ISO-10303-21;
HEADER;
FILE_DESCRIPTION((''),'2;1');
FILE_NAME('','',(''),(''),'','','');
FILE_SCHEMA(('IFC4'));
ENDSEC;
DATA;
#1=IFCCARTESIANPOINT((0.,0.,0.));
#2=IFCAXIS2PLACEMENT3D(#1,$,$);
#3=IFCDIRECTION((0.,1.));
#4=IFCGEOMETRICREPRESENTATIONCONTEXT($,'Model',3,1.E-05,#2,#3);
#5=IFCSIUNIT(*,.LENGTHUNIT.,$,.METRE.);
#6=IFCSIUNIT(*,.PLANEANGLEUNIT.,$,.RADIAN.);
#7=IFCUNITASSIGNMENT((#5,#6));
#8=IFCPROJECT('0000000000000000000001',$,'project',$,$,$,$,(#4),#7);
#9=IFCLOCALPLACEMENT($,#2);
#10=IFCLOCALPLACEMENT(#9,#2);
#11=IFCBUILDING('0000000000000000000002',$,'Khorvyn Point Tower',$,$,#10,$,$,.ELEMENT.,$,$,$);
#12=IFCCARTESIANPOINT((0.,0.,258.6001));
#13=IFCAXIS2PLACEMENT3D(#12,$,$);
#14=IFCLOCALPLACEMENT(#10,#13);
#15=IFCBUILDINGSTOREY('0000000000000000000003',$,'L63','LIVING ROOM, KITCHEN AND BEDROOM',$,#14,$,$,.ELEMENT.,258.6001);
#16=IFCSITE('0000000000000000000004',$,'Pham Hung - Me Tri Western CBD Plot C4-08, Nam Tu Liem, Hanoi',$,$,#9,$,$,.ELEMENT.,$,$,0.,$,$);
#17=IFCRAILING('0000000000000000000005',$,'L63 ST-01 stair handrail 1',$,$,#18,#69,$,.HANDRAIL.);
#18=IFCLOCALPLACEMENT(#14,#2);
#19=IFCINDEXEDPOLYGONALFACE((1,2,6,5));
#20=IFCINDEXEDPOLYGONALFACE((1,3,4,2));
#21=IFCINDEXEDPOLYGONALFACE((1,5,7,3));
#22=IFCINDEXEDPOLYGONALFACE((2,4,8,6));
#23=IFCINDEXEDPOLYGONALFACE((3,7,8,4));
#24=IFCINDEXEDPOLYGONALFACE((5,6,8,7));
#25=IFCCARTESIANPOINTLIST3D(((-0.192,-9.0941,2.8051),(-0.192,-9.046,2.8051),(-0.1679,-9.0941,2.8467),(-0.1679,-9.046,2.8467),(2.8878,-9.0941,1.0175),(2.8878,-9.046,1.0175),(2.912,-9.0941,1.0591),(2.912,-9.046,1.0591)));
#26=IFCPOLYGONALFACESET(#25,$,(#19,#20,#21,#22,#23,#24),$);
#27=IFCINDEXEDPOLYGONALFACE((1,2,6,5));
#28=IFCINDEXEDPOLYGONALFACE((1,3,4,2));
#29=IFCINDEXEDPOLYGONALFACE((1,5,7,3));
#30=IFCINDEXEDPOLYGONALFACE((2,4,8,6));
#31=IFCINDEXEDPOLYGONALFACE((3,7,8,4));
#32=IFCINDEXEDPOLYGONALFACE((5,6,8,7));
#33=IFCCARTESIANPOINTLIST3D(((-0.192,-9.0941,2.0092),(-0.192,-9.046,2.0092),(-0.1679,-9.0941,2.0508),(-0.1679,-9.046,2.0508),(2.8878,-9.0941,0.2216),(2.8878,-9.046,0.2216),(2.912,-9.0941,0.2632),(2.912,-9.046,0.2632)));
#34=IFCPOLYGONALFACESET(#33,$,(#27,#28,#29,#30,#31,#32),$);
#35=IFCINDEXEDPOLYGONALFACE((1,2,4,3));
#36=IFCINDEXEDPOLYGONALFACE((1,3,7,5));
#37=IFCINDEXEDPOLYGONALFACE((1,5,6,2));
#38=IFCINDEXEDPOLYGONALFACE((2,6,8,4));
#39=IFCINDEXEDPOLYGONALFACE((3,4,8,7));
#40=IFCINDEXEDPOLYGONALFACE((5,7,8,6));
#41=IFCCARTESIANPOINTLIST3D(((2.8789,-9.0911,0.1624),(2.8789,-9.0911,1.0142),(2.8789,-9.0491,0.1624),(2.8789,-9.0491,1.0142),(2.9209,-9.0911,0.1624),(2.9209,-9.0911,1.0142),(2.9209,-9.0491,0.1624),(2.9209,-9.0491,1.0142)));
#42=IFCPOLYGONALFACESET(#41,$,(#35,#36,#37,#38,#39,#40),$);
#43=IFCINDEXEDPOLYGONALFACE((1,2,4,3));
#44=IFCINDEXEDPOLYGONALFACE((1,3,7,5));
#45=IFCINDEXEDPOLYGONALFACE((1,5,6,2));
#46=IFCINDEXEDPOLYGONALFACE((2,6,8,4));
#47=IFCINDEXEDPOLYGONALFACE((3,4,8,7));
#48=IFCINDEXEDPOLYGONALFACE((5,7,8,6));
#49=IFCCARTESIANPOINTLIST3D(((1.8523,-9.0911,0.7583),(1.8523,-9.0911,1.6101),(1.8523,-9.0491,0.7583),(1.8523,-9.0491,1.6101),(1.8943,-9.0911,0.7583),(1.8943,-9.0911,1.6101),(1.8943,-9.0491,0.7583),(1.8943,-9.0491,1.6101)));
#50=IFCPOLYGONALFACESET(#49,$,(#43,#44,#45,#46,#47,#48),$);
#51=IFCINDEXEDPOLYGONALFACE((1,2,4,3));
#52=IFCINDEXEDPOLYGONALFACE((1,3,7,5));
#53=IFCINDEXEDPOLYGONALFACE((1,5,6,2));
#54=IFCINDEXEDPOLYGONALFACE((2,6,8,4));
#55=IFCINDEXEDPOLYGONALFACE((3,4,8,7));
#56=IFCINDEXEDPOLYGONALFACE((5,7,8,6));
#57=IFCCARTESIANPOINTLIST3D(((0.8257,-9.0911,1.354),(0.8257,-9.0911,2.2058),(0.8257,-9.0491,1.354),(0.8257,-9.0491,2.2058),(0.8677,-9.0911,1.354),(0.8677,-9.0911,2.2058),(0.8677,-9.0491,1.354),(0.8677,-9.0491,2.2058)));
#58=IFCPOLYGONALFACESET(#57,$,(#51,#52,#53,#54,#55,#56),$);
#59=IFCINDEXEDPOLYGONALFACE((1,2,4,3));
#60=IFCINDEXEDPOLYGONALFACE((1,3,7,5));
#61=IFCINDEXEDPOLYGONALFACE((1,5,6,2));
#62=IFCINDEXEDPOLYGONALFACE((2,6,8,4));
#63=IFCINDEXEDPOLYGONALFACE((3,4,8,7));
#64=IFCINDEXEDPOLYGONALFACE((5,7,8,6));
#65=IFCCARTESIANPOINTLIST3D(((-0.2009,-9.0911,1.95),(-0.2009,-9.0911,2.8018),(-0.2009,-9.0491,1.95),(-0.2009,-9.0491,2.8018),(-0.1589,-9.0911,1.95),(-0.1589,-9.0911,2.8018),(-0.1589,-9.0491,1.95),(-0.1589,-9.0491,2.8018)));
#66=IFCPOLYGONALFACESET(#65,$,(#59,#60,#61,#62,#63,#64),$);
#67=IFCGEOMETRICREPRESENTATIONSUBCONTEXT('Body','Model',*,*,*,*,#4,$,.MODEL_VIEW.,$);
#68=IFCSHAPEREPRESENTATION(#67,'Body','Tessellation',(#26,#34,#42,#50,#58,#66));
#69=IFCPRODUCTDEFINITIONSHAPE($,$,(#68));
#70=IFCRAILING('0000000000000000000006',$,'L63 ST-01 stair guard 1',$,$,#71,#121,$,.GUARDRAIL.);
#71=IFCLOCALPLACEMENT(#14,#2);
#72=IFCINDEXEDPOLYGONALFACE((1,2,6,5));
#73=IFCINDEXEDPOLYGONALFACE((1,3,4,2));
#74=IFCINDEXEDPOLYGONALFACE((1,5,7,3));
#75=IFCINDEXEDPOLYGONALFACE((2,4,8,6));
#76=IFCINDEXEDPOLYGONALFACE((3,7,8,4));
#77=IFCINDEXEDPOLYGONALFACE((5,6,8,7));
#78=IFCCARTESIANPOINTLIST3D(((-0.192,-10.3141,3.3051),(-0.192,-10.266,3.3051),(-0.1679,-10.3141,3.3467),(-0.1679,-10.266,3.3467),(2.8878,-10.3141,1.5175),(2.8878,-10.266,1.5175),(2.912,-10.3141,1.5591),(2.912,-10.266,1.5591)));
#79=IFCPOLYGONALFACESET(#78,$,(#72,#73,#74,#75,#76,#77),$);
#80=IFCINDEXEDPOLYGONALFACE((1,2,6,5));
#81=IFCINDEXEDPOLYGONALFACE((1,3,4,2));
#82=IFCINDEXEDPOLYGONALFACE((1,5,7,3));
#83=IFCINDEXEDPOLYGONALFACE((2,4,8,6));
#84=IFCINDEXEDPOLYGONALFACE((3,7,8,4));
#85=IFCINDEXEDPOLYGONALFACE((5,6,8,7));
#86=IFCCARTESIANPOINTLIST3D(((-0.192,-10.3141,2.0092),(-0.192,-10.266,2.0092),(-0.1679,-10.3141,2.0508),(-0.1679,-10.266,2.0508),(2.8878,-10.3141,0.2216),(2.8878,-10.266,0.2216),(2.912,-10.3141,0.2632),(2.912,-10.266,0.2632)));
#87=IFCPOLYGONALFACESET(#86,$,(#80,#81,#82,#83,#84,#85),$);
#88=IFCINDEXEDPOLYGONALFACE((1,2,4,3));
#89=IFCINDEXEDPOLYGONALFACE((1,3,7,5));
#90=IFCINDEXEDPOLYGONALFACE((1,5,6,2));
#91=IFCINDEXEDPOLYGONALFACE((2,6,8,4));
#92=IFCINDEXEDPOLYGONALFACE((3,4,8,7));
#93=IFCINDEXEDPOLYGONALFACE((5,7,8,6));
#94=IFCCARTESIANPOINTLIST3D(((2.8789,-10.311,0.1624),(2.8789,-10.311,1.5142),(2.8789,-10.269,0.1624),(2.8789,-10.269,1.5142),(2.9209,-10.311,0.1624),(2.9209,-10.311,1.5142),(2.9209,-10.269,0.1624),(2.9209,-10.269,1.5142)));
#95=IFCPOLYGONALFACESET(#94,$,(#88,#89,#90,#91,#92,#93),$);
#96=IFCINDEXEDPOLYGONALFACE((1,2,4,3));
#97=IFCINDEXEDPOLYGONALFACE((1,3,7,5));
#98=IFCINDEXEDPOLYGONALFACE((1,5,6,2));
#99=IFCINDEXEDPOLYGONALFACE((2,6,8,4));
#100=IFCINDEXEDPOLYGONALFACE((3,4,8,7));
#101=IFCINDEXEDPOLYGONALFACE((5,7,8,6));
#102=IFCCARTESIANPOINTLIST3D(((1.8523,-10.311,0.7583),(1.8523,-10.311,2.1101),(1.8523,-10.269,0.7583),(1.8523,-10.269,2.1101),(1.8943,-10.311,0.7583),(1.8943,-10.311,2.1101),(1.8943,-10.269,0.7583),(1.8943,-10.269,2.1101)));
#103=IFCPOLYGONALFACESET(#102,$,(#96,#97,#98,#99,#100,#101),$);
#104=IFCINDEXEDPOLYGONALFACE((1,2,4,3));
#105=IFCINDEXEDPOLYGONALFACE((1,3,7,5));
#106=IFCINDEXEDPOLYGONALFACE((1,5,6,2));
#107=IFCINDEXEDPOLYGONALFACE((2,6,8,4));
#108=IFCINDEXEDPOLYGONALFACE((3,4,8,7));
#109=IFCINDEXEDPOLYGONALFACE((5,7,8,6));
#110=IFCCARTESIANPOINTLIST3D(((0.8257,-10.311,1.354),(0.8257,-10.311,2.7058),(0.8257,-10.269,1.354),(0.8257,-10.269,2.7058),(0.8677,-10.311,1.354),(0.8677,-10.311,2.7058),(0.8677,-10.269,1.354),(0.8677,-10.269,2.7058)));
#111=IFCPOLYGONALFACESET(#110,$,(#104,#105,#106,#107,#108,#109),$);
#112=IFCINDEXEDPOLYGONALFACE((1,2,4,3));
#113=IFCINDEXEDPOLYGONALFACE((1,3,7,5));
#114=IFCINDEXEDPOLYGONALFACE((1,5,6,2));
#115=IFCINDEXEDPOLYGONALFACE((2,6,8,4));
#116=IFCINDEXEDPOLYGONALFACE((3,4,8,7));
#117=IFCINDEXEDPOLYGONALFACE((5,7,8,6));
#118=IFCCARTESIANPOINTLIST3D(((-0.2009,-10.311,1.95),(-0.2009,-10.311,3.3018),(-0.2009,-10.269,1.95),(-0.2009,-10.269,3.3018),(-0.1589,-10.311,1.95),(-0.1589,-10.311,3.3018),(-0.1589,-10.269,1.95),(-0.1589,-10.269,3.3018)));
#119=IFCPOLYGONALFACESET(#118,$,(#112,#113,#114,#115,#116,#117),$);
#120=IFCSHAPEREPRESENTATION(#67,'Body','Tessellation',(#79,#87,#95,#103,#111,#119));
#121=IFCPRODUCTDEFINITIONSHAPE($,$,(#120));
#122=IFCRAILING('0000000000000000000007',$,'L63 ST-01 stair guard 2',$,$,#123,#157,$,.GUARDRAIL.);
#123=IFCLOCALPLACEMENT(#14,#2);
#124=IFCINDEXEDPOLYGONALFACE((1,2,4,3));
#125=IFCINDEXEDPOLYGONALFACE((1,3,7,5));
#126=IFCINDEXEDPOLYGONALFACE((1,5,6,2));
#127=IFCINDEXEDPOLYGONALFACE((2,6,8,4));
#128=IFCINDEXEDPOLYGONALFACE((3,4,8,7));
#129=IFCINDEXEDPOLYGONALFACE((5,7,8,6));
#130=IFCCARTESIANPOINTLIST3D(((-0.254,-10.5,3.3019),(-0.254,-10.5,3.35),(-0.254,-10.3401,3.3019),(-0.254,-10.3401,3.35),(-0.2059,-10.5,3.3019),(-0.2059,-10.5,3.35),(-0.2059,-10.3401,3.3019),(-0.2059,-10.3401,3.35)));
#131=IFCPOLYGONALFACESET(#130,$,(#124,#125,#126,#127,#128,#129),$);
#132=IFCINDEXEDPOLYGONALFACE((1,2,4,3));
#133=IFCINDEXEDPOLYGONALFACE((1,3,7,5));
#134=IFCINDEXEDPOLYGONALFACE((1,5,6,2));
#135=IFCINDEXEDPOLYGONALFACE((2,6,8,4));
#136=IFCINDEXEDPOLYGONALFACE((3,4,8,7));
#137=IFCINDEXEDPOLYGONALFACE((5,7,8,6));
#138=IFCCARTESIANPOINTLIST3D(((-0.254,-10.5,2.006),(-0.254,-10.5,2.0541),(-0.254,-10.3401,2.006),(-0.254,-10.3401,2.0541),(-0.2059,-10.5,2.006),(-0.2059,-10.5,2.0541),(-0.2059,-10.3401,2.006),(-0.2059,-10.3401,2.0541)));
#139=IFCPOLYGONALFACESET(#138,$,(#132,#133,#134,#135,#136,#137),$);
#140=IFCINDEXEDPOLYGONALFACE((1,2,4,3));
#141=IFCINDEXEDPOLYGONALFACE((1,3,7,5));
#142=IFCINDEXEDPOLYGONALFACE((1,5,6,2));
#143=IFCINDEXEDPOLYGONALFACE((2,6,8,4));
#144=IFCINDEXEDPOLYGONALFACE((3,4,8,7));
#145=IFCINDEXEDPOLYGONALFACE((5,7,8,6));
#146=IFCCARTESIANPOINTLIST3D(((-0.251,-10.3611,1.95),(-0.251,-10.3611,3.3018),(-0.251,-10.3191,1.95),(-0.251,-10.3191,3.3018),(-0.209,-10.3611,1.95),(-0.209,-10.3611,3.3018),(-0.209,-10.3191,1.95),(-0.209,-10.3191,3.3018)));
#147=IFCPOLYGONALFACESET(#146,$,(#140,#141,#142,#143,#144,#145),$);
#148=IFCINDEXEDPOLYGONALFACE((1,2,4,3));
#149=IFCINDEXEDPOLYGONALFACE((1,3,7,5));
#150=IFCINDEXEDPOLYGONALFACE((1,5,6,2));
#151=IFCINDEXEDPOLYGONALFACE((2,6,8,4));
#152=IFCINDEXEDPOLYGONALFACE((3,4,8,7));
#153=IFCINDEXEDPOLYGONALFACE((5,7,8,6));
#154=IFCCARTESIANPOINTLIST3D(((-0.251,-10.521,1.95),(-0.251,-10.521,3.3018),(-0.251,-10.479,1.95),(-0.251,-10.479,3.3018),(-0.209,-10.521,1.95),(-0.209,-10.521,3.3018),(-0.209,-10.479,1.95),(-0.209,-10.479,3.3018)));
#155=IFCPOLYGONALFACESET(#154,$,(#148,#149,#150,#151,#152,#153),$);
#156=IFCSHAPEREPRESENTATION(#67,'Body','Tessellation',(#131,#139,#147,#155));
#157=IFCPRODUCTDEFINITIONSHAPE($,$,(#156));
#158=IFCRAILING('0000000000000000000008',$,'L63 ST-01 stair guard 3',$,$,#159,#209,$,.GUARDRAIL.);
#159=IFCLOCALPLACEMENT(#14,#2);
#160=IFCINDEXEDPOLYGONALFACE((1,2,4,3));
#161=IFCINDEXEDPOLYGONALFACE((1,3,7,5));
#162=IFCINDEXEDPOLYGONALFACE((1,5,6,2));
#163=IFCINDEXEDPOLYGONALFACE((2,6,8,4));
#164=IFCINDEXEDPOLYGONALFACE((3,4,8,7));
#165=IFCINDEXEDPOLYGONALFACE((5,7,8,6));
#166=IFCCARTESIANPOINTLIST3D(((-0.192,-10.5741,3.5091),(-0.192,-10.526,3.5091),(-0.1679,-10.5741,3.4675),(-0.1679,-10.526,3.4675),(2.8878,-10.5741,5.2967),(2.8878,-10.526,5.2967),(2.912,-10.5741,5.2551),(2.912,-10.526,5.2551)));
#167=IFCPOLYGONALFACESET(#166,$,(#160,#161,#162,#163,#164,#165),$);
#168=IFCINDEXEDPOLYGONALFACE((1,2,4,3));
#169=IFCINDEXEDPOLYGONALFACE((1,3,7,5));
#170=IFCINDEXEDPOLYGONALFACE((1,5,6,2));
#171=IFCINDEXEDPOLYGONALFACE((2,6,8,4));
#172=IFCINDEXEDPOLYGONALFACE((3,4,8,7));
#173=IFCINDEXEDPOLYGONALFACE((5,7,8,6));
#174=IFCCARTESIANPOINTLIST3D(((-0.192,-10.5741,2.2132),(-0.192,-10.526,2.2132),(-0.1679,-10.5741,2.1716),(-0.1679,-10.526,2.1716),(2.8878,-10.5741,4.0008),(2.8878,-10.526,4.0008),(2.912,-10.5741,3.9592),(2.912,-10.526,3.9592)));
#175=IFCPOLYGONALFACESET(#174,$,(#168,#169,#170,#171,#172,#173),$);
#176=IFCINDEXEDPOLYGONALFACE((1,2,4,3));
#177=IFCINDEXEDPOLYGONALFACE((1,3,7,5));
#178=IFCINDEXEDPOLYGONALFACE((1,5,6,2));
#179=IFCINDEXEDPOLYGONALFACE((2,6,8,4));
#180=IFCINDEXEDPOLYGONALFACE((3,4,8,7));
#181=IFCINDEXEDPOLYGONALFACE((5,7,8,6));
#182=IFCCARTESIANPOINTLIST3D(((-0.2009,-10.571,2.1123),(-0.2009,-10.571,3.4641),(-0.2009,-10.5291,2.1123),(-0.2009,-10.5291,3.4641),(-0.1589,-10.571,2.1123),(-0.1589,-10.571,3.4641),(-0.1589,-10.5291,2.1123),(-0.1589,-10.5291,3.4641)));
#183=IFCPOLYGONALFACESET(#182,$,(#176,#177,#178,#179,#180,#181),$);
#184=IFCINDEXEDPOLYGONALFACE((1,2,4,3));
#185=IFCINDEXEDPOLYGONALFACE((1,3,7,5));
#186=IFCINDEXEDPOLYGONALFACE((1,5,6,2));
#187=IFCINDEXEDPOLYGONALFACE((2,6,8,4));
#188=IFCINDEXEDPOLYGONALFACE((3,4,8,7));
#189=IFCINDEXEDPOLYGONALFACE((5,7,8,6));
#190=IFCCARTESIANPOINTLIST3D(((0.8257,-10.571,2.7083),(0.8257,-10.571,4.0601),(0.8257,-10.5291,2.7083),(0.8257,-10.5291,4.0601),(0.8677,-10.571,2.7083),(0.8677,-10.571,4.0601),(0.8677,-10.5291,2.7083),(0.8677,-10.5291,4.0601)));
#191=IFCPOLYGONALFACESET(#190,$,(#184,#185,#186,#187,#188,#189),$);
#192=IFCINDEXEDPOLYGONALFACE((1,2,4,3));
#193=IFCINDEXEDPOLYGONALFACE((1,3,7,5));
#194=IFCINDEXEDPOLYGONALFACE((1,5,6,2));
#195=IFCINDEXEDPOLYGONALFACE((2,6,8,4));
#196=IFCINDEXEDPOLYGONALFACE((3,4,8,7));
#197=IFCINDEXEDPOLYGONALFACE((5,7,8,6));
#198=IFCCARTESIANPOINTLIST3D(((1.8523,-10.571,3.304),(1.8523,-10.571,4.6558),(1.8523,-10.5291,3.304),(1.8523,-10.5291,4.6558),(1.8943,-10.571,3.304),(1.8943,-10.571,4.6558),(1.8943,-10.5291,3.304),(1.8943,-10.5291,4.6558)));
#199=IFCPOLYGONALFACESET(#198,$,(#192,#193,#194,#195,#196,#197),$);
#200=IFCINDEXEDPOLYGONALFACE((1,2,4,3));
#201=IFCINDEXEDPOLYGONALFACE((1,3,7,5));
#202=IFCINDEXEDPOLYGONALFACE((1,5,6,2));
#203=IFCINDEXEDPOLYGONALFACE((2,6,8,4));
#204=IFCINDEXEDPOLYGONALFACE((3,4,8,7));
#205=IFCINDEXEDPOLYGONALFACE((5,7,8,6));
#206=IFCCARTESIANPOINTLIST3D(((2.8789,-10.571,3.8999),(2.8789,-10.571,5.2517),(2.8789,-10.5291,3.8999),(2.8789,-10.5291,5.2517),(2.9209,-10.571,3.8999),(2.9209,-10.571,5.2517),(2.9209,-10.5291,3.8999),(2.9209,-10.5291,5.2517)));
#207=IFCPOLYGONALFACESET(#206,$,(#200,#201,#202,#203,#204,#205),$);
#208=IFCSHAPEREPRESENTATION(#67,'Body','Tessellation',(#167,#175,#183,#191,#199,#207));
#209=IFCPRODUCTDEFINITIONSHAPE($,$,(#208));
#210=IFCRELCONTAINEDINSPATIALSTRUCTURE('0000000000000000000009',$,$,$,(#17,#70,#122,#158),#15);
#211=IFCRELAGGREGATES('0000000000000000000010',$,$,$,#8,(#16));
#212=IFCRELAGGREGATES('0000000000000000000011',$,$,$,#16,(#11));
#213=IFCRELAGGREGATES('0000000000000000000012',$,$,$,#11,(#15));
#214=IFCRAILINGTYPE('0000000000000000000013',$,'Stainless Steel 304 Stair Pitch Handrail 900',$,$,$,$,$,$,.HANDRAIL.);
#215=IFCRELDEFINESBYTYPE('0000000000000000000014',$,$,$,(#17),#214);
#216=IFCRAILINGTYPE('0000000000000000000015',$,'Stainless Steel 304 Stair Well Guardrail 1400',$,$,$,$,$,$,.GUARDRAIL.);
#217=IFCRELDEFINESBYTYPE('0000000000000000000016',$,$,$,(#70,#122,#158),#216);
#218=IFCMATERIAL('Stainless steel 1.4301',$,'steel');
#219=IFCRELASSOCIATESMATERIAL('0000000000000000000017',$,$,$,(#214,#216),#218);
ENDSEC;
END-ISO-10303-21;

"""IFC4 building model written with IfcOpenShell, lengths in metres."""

from ifc_helpers import new_model, si_unit, direction, frame, origin, origin_2d, place, context, subcontext, project, spatial, rectangle, extrude, material, type_object, element, save


model = new_model("IFC4")

# Units and contexts
model_context = context("Model", 3, precision=1e-05, world=origin(), true_north=direction((0.0, 1.0)))
body_context = subcontext(model_context, "Body", "Model", "MODEL_VIEW")
ifc_project = project(units=[si_unit("LENGTHUNIT", "METRE"), si_unit("PLANEANGLEUNIT", "RADIAN")], contexts=[model_context])

# Site, building, storey
site_placement = place(None, origin())
site = spatial("IfcSite", under=ifc_project, at=site_placement, Name="Pham Hung - Me Tri Western CBD Plot C4-08, Nam Tu Liem, Hanoi", CompositionType="ELEMENT", RefElevation=0.0)
building_placement = place(site_placement, origin())
building = spatial("IfcBuilding", under=site, at=building_placement, Name="Khorvyn Point Tower", CompositionType="ELEMENT")
storey_placement = place(building_placement, frame((0.0, 0.0, 258.6001)))
storey = spatial("IfcBuildingStorey", under=building, at=storey_placement, Name="L63", Description="LIVING ROOM, KITCHEN AND BEDROOM", CompositionType="ELEMENT", Elevation=258.6001)

# Shared definitions
ifc_material_1 = material(Name="Stainless steel 1.4301", Category="steel")

# Railings
railing_type_1 = type_object("IfcRailingType", Name="Stainless Steel 304 Stair Pitch Handrail 900", PredefinedType="HANDRAIL", material=ifc_material_1)
railing_1_placement = place(storey_placement, frame((2.8999, -9.0701, 0.1624)))
element("IfcRailing", 1, at=railing_1_placement, inside=storey, type_object=railing_type_1, Name="L63 ST-01 stair handrail 1", PredefinedType="HANDRAIL", context=body_context, shape_type="SweptSolid", body=[
    extrude(rectangle(XDim=0.0481, YDim=0.0481, at=origin_2d()), frame((0.0, 0.0, 0.876), z_axis=(-0.864873, 0.0, 0.50199), x_axis=(0.0, -1.0, 0.0)), (0.0, 0.0, 1.0), 3.561),
    extrude(rectangle(XDim=0.0481, YDim=0.0481, at=origin_2d()), frame((0.0, 0.0, 0.0801), z_axis=(-0.864873, 0.0, 0.50199), x_axis=(0.0, -1.0, 0.0)), (0.0, 0.0, 1.0), 3.561),
    extrude(rectangle(XDim=0.042, YDim=0.042, at=origin_2d()), origin(), (0.0, 0.0, 1.0), 0.8518),
    extrude(rectangle(XDim=0.042, YDim=0.042, at=origin_2d()), frame((-1.0266, 0.0, 0.5959)), (0.0, 0.0, 1.0), 0.8518),
    extrude(rectangle(XDim=0.042, YDim=0.042, at=origin_2d()), frame((-2.0532, 0.0, 1.1917)), (0.0, 0.0, 1.0), 0.8518),
    extrude(rectangle(XDim=0.042, YDim=0.042, at=origin_2d()), frame((-3.0798, 0.0, 1.7876)), (0.0, 0.0, 1.0), 0.8518),
])
railing_type_2 = type_object("IfcRailingType", Name="Stainless Steel 304 Stair Well Guardrail 1400", PredefinedType="GUARDRAIL", material=ifc_material_1)
railing_2_placement = place(storey_placement, frame((2.8999, -10.29, 0.1624)))
element("IfcRailing", 2, at=railing_2_placement, inside=storey, type_object=railing_type_2, Name="L63 ST-01 stair guard 1", PredefinedType="GUARDRAIL", context=body_context, shape_type="SweptSolid", body=[
    extrude(rectangle(XDim=0.0481, YDim=0.0481, at=origin_2d()), frame((0.0, 0.0, 1.376), z_axis=(-0.864873, 0.0, 0.50199), x_axis=(0.0, -1.0, 0.0)), (0.0, 0.0, 1.0), 3.561),
    extrude(rectangle(XDim=0.0481, YDim=0.0481, at=origin_2d()), frame((0.0, 0.0, 0.0801), z_axis=(-0.864873, 0.0, 0.50199), x_axis=(0.0, -1.0, 0.0)), (0.0, 0.0, 1.0), 3.561),
    extrude(rectangle(XDim=0.042, YDim=0.042, at=origin_2d()), origin(), (0.0, 0.0, 1.0), 1.3518),
    extrude(rectangle(XDim=0.042, YDim=0.042, at=origin_2d()), frame((-1.0266, 0.0, 0.5959)), (0.0, 0.0, 1.0), 1.3518),
    extrude(rectangle(XDim=0.042, YDim=0.042, at=origin_2d()), frame((-2.0532, 0.0, 1.1917)), (0.0, 0.0, 1.0), 1.3518),
    extrude(rectangle(XDim=0.042, YDim=0.042, at=origin_2d()), frame((-3.0798, 0.0, 1.7876)), (0.0, 0.0, 1.0), 1.3518),
])
railing_3_placement = place(storey_placement, frame((-0.23, -10.3401, 1.95)))
element("IfcRailing", 3, at=railing_3_placement, inside=storey, type_object=railing_type_2, Name="L63 ST-01 stair guard 2", PredefinedType="GUARDRAIL", context=body_context, shape_type="SweptSolid", body=[
    extrude(rectangle(XDim=0.0481, YDim=0.0481, at=origin_2d()), frame((0.0, 0.0, 1.376), z_axis=(0.0, -1.0, 0.0), x_axis=(1.0, 0.0, 0.0)), (0.0, 0.0, 1.0), 0.1599),
    extrude(rectangle(XDim=0.0481, YDim=0.0481, at=origin_2d()), frame((0.0, 0.0, 0.0801), z_axis=(0.0, -1.0, 0.0), x_axis=(1.0, 0.0, 0.0)), (0.0, 0.0, 1.0), 0.1599),
    extrude(rectangle(XDim=0.042, YDim=0.042, at=origin_2d()), origin(), (0.0, 0.0, 1.0), 1.3518),
    extrude(rectangle(XDim=0.042, YDim=0.042, at=origin_2d()), frame((0.0, -0.1599, 0.0)), (0.0, 0.0, 1.0), 1.3518),
])
railing_4_placement = place(storey_placement, frame((-0.1799, -10.55, 2.1123)))
element("IfcRailing", 4, at=railing_4_placement, inside=storey, type_object=railing_type_2, Name="L63 ST-01 stair guard 3", PredefinedType="GUARDRAIL", context=body_context, shape_type="SweptSolid", body=[
    extrude(rectangle(XDim=0.0481, YDim=0.0481, at=origin_2d()), frame((0.0, 0.0, 1.376), z_axis=(0.864873, 0.0, 0.50199), x_axis=(0.0, 1.0, 0.0)), (0.0, 0.0, 1.0), 3.561),
    extrude(rectangle(XDim=0.0481, YDim=0.0481, at=origin_2d()), frame((0.0, 0.0, 0.0801), z_axis=(0.864873, 0.0, 0.50199), x_axis=(0.0, 1.0, 0.0)), (0.0, 0.0, 1.0), 3.561),
    extrude(rectangle(XDim=0.042, YDim=0.042, at=origin_2d()), origin(), (0.0, 0.0, 1.0), 1.3518),
    extrude(rectangle(XDim=0.042, YDim=0.042, at=origin_2d()), frame((1.0266, 0.0, 0.5959)), (0.0, 0.0, 1.0), 1.3518),
    extrude(rectangle(XDim=0.042, YDim=0.042, at=origin_2d()), frame((2.0532, 0.0, 1.1917)), (0.0, 0.0, 1.0), 1.3518),
    extrude(rectangle(XDim=0.042, YDim=0.042, at=origin_2d()), frame((3.0798, 0.0, 1.7876)), (0.0, 0.0, 1.0), 1.3518),
])

save(model, "model.ifc")
